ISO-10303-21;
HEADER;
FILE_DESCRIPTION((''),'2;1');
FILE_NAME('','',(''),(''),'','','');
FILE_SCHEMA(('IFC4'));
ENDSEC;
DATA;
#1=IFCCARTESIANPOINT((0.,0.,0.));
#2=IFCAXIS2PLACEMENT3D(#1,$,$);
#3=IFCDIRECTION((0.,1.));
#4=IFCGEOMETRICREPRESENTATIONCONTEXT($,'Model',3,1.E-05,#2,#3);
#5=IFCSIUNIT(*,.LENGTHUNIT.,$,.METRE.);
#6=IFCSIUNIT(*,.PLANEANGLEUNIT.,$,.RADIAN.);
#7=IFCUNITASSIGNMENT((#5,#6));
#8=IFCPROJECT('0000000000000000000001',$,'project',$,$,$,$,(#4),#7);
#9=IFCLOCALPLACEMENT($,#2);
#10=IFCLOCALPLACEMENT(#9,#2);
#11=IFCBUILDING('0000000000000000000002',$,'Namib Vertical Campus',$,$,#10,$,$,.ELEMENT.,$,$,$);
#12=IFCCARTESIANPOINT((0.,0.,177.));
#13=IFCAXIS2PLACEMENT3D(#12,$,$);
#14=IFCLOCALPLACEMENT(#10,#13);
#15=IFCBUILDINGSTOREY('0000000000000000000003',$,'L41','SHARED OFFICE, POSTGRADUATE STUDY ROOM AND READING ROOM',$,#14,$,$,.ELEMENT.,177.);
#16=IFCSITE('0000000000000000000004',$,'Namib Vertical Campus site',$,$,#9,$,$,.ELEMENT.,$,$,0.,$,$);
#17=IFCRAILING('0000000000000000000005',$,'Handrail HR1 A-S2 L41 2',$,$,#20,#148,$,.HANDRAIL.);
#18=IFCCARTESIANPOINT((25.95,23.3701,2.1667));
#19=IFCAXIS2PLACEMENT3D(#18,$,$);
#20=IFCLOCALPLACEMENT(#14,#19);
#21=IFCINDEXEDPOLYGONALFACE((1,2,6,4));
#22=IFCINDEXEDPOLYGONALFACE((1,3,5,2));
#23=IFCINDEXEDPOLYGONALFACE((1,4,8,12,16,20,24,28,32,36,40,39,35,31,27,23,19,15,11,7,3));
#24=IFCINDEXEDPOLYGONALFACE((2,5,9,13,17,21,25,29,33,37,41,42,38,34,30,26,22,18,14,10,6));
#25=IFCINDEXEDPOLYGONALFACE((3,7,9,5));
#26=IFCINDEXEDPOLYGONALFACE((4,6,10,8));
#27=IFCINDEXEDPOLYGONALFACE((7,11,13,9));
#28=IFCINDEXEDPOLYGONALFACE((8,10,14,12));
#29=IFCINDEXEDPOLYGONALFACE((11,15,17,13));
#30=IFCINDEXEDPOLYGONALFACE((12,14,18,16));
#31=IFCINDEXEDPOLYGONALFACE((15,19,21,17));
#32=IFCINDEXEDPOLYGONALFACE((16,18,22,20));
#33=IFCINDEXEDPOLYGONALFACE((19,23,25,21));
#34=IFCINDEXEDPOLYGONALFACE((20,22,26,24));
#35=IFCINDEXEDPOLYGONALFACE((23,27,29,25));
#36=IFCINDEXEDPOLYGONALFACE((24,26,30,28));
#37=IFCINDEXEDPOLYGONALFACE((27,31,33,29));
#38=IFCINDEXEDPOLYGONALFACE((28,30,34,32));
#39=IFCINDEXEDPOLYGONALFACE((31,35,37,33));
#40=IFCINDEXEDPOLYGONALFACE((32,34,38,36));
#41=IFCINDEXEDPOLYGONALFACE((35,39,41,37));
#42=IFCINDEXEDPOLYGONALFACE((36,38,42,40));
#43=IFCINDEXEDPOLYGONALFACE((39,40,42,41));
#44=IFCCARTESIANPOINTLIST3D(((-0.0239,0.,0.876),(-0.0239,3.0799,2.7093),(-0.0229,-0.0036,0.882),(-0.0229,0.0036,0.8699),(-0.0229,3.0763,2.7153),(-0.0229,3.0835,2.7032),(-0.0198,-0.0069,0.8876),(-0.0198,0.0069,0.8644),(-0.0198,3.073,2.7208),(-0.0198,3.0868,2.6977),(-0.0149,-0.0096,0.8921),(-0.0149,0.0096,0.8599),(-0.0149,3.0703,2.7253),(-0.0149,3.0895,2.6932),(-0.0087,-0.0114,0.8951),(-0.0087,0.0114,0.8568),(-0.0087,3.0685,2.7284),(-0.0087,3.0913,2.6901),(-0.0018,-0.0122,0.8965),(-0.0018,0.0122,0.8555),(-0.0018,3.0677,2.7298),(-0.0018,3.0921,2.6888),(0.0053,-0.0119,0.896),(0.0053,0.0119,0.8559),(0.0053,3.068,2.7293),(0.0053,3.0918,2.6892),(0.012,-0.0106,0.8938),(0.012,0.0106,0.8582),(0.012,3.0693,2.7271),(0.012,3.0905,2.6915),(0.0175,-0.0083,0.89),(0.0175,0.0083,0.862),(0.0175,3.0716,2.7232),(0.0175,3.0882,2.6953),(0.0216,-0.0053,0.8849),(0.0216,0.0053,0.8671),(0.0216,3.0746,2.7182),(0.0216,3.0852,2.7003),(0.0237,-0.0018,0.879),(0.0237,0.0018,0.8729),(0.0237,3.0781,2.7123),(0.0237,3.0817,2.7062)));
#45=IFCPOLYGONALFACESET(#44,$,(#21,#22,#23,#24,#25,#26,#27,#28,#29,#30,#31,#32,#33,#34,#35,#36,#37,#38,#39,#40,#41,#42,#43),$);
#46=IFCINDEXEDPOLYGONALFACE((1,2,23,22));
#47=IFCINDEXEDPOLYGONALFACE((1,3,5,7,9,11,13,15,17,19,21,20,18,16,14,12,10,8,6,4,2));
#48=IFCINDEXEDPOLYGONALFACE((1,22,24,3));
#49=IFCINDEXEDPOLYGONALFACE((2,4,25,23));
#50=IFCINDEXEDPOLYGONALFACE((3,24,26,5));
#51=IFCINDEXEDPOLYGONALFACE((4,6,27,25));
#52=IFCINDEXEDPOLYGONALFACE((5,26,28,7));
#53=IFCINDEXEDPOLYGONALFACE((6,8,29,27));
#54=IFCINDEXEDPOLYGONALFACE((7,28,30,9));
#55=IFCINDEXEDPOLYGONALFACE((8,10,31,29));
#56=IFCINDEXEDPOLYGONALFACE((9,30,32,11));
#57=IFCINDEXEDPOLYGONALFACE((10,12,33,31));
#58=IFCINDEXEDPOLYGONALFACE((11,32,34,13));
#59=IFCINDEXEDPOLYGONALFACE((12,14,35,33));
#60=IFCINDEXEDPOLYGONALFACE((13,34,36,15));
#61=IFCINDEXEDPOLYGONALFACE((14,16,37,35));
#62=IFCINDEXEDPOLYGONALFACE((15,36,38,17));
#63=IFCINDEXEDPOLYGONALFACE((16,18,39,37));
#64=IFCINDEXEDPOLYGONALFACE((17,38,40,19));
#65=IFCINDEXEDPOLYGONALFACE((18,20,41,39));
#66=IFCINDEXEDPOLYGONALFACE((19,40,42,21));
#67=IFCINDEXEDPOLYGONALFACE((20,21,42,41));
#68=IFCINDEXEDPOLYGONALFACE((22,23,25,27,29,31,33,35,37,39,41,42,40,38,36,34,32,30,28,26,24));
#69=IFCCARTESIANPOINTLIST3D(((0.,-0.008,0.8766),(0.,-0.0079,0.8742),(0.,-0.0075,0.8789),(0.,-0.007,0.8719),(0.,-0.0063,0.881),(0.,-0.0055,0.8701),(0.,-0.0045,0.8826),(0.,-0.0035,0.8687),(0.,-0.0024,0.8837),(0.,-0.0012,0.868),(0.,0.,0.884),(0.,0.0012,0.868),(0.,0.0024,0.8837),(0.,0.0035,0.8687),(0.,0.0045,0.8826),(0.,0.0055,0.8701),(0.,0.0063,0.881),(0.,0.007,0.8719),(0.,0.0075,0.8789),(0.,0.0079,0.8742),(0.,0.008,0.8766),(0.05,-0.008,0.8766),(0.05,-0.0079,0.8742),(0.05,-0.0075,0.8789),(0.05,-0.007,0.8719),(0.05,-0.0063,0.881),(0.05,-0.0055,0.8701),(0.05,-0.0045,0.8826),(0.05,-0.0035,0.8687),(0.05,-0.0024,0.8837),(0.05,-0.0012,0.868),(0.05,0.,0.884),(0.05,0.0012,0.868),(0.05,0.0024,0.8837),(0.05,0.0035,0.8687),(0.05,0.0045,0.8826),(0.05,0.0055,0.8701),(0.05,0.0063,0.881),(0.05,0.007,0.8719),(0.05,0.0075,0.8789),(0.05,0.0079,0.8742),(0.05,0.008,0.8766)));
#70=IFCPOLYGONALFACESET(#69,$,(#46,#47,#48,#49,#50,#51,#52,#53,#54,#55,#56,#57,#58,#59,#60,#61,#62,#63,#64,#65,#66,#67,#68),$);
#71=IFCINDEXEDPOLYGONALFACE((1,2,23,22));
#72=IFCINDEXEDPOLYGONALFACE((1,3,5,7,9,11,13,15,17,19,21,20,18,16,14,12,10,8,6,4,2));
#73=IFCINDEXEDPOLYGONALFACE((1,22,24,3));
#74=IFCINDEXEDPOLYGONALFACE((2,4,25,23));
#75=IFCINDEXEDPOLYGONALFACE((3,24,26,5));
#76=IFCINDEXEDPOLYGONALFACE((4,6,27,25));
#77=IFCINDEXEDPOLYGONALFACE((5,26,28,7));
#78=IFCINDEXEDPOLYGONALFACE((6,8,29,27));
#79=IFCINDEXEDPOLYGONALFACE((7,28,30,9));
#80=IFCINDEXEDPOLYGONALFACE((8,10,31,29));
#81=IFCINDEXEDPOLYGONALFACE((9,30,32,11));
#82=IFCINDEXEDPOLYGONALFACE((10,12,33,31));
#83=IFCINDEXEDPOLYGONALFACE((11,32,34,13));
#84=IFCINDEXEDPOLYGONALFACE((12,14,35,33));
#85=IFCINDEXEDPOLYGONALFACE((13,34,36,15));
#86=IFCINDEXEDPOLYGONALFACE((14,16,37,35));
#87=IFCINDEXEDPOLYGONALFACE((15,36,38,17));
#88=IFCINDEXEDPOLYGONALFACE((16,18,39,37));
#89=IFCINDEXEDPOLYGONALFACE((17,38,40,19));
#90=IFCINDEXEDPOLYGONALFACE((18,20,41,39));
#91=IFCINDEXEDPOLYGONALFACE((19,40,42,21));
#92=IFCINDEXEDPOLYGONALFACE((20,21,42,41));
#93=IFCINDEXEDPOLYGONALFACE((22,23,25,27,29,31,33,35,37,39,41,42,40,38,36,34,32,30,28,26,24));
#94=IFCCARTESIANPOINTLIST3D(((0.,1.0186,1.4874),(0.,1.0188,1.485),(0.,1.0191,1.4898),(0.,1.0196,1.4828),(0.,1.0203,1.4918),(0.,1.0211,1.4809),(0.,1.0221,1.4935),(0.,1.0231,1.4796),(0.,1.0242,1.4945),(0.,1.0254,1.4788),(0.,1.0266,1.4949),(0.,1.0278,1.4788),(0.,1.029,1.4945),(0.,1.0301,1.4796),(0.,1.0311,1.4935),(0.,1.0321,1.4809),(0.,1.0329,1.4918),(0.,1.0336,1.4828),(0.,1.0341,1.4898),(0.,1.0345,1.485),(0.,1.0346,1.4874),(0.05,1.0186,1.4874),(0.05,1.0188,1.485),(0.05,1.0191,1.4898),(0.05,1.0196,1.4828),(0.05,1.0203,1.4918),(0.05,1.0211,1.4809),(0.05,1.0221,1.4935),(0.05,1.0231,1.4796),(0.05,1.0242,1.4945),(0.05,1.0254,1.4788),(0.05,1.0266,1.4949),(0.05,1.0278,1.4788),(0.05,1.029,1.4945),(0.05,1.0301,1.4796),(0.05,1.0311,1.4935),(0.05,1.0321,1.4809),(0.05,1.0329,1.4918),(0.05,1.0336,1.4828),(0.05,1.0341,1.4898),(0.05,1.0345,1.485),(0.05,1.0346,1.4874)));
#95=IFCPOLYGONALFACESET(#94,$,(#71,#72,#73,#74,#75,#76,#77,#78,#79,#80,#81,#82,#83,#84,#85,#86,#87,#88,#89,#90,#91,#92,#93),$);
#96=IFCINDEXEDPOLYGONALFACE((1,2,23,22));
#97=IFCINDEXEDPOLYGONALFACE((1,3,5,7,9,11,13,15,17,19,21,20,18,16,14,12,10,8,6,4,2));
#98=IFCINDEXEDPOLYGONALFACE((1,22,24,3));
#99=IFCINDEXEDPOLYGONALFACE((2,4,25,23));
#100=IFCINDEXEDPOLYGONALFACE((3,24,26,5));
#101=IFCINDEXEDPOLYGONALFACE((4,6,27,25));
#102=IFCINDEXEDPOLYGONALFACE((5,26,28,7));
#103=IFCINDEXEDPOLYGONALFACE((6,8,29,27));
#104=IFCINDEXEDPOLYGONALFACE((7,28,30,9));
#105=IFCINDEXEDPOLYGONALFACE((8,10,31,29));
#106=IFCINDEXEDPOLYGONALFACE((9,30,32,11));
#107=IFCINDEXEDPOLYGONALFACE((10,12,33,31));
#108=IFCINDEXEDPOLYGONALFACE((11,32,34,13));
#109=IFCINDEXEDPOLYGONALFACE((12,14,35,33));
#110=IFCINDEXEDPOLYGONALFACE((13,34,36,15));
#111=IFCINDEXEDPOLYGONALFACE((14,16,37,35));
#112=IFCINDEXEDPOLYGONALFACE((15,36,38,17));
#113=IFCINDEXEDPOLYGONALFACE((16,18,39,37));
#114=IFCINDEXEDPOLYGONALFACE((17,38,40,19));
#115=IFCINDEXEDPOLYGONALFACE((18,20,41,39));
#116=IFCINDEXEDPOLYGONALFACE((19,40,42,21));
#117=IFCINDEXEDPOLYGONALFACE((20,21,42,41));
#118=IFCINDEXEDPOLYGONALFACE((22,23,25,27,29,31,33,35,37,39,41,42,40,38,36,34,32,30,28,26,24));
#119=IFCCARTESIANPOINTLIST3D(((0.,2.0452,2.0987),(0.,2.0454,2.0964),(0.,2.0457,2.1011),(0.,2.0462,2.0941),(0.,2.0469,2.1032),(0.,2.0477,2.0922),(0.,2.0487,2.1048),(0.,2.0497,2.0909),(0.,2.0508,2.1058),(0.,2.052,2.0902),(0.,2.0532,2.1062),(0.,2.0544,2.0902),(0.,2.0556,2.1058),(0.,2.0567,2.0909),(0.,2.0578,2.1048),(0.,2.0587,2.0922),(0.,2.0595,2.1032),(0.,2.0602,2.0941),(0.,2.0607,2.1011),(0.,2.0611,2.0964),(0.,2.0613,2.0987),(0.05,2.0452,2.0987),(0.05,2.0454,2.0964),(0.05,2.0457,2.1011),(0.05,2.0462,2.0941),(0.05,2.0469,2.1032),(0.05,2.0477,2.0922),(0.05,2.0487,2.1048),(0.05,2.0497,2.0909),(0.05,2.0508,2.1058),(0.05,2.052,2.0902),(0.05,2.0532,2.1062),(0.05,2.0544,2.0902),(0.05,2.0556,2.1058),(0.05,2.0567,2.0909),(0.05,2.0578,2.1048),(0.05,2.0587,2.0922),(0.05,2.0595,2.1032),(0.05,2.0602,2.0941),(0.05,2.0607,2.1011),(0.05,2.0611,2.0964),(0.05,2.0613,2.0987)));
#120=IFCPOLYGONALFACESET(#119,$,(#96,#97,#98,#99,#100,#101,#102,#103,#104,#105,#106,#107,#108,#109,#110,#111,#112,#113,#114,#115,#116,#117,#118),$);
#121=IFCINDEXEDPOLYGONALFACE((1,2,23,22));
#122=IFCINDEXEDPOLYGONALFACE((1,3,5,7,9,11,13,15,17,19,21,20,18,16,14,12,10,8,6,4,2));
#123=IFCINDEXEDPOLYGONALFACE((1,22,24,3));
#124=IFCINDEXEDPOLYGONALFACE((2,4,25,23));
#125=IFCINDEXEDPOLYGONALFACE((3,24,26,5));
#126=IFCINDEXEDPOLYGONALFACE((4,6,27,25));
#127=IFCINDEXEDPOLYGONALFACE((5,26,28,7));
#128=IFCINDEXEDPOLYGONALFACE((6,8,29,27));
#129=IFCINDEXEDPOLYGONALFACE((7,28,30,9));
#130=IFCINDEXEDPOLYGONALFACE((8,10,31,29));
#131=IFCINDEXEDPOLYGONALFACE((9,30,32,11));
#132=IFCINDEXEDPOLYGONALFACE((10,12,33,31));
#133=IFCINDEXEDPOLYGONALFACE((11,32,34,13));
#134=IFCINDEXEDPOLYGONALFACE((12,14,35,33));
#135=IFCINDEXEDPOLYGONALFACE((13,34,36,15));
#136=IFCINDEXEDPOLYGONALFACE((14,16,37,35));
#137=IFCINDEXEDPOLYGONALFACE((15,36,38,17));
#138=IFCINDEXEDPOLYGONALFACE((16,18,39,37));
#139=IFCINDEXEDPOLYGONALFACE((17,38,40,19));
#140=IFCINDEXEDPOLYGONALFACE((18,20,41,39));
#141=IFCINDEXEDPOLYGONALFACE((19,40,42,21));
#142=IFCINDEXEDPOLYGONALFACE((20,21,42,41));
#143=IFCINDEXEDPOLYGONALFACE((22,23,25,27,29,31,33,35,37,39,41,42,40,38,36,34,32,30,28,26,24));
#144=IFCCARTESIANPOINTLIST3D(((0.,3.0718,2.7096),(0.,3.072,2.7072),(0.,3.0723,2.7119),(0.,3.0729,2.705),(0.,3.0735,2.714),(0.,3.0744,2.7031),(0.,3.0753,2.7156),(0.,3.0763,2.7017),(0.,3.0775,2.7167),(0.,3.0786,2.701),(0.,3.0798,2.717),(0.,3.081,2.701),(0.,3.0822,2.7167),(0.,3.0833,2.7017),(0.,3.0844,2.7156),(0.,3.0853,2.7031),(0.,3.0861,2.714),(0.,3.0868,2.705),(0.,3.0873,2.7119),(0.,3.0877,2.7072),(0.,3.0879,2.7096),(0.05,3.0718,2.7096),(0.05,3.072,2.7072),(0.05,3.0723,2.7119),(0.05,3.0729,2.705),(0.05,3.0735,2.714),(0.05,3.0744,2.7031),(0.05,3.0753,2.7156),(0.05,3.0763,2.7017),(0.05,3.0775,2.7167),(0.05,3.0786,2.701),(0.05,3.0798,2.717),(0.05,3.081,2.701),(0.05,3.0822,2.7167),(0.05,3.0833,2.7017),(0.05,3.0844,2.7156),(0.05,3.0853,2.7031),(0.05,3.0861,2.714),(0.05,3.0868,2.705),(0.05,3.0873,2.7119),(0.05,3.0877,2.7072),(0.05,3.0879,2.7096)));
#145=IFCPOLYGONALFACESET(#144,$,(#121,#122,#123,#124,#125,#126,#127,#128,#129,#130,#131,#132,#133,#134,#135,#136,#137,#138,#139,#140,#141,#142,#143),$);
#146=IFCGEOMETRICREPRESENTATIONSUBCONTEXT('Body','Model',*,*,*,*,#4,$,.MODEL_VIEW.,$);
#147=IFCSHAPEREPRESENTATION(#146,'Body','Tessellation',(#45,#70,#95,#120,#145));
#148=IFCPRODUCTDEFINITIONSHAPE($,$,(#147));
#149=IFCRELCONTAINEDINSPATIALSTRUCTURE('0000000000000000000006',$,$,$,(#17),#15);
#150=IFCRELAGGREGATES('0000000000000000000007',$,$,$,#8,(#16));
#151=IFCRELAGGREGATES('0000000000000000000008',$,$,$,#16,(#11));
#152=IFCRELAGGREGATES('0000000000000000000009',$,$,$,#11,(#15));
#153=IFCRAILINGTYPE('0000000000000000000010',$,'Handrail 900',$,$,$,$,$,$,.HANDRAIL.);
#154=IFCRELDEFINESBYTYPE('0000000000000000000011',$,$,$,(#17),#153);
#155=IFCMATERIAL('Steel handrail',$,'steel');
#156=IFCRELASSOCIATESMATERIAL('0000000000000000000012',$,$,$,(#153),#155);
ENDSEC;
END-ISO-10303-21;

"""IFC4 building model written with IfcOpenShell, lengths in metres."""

from ifc_helpers import new_model, si_unit, direction, frame, origin, origin_2d, place, context, subcontext, project, spatial, circle, extrude, material, type_object, element, save


model = new_model("IFC4")

# Units and contexts
model_context = context("Model", 3, precision=1e-05, world=origin(), true_north=direction((0.0, 1.0)))
body_context = subcontext(model_context, "Body", "Model", "MODEL_VIEW")
ifc_project = project(units=[si_unit("LENGTHUNIT", "METRE"), si_unit("PLANEANGLEUNIT", "RADIAN")], contexts=[model_context])

# Site, building, storey
site_placement = place(None, origin())
site = spatial("IfcSite", under=ifc_project, at=site_placement, Name="Namib Vertical Campus site", CompositionType="ELEMENT", RefElevation=0.0)
building_placement = place(site_placement, origin())
building = spatial("IfcBuilding", under=site, at=building_placement, Name="Namib Vertical Campus", CompositionType="ELEMENT")
storey_placement = place(building_placement, frame((0.0, 0.0, 177.0)))
storey = spatial("IfcBuildingStorey", under=building, at=storey_placement, Name="L41", Description="SHARED OFFICE, POSTGRADUATE STUDY ROOM AND READING ROOM", CompositionType="ELEMENT", Elevation=177.0)

# Railing
ifc_material_1 = material(Name="Steel handrail", Category="steel")
railing_type_1 = type_object("IfcRailingType", Name="Handrail 900", PredefinedType="HANDRAIL", material=ifc_material_1)
railing_1_placement = place(storey_placement, frame((25.95, 23.3701, 2.1667)))
element("IfcRailing", 1, at=railing_1_placement, inside=storey, type_object=railing_type_1, Name="Handrail HR1 A-S2 L41 2", PredefinedType="HANDRAIL", context=body_context, shape_type="SweptSolid", body=[
    extrude(circle(Radius=0.0239, at=origin_2d()), frame((0.0, 0.0, 0.876), z_axis=(0.0, 0.859291, 0.511487), x_axis=(-1.0, 0.0, 0.0)), (0.0, 0.0, 1.0), 3.5842),
    extrude(circle(Radius=0.0081, at=origin_2d()), frame((0.0, 0.0, 0.876), z_axis=(1.0, 0.0, 0.0), x_axis=(0.0, 0.0, 1.0)), (0.0, 0.0, 1.0), 0.05),
    extrude(circle(Radius=0.0081, at=origin_2d()), frame((0.0, 1.0266, 1.4868), z_axis=(1.0, 0.0, 0.0), x_axis=(0.0, 0.0, 1.0)), (0.0, 0.0, 1.0), 0.05),
    extrude(circle(Radius=0.0081, at=origin_2d()), frame((0.0, 2.0532, 2.0981), z_axis=(1.0, 0.0, 0.0), x_axis=(0.0, 0.0, 1.0)), (0.0, 0.0, 1.0), 0.05),
    extrude(circle(Radius=0.0081, at=origin_2d()), frame((0.0, 3.0798, 2.709), z_axis=(1.0, 0.0, 0.0), x_axis=(0.0, 0.0, 1.0)), (0.0, 0.0, 1.0), 0.05),
])

save(model, "model.ifc")
